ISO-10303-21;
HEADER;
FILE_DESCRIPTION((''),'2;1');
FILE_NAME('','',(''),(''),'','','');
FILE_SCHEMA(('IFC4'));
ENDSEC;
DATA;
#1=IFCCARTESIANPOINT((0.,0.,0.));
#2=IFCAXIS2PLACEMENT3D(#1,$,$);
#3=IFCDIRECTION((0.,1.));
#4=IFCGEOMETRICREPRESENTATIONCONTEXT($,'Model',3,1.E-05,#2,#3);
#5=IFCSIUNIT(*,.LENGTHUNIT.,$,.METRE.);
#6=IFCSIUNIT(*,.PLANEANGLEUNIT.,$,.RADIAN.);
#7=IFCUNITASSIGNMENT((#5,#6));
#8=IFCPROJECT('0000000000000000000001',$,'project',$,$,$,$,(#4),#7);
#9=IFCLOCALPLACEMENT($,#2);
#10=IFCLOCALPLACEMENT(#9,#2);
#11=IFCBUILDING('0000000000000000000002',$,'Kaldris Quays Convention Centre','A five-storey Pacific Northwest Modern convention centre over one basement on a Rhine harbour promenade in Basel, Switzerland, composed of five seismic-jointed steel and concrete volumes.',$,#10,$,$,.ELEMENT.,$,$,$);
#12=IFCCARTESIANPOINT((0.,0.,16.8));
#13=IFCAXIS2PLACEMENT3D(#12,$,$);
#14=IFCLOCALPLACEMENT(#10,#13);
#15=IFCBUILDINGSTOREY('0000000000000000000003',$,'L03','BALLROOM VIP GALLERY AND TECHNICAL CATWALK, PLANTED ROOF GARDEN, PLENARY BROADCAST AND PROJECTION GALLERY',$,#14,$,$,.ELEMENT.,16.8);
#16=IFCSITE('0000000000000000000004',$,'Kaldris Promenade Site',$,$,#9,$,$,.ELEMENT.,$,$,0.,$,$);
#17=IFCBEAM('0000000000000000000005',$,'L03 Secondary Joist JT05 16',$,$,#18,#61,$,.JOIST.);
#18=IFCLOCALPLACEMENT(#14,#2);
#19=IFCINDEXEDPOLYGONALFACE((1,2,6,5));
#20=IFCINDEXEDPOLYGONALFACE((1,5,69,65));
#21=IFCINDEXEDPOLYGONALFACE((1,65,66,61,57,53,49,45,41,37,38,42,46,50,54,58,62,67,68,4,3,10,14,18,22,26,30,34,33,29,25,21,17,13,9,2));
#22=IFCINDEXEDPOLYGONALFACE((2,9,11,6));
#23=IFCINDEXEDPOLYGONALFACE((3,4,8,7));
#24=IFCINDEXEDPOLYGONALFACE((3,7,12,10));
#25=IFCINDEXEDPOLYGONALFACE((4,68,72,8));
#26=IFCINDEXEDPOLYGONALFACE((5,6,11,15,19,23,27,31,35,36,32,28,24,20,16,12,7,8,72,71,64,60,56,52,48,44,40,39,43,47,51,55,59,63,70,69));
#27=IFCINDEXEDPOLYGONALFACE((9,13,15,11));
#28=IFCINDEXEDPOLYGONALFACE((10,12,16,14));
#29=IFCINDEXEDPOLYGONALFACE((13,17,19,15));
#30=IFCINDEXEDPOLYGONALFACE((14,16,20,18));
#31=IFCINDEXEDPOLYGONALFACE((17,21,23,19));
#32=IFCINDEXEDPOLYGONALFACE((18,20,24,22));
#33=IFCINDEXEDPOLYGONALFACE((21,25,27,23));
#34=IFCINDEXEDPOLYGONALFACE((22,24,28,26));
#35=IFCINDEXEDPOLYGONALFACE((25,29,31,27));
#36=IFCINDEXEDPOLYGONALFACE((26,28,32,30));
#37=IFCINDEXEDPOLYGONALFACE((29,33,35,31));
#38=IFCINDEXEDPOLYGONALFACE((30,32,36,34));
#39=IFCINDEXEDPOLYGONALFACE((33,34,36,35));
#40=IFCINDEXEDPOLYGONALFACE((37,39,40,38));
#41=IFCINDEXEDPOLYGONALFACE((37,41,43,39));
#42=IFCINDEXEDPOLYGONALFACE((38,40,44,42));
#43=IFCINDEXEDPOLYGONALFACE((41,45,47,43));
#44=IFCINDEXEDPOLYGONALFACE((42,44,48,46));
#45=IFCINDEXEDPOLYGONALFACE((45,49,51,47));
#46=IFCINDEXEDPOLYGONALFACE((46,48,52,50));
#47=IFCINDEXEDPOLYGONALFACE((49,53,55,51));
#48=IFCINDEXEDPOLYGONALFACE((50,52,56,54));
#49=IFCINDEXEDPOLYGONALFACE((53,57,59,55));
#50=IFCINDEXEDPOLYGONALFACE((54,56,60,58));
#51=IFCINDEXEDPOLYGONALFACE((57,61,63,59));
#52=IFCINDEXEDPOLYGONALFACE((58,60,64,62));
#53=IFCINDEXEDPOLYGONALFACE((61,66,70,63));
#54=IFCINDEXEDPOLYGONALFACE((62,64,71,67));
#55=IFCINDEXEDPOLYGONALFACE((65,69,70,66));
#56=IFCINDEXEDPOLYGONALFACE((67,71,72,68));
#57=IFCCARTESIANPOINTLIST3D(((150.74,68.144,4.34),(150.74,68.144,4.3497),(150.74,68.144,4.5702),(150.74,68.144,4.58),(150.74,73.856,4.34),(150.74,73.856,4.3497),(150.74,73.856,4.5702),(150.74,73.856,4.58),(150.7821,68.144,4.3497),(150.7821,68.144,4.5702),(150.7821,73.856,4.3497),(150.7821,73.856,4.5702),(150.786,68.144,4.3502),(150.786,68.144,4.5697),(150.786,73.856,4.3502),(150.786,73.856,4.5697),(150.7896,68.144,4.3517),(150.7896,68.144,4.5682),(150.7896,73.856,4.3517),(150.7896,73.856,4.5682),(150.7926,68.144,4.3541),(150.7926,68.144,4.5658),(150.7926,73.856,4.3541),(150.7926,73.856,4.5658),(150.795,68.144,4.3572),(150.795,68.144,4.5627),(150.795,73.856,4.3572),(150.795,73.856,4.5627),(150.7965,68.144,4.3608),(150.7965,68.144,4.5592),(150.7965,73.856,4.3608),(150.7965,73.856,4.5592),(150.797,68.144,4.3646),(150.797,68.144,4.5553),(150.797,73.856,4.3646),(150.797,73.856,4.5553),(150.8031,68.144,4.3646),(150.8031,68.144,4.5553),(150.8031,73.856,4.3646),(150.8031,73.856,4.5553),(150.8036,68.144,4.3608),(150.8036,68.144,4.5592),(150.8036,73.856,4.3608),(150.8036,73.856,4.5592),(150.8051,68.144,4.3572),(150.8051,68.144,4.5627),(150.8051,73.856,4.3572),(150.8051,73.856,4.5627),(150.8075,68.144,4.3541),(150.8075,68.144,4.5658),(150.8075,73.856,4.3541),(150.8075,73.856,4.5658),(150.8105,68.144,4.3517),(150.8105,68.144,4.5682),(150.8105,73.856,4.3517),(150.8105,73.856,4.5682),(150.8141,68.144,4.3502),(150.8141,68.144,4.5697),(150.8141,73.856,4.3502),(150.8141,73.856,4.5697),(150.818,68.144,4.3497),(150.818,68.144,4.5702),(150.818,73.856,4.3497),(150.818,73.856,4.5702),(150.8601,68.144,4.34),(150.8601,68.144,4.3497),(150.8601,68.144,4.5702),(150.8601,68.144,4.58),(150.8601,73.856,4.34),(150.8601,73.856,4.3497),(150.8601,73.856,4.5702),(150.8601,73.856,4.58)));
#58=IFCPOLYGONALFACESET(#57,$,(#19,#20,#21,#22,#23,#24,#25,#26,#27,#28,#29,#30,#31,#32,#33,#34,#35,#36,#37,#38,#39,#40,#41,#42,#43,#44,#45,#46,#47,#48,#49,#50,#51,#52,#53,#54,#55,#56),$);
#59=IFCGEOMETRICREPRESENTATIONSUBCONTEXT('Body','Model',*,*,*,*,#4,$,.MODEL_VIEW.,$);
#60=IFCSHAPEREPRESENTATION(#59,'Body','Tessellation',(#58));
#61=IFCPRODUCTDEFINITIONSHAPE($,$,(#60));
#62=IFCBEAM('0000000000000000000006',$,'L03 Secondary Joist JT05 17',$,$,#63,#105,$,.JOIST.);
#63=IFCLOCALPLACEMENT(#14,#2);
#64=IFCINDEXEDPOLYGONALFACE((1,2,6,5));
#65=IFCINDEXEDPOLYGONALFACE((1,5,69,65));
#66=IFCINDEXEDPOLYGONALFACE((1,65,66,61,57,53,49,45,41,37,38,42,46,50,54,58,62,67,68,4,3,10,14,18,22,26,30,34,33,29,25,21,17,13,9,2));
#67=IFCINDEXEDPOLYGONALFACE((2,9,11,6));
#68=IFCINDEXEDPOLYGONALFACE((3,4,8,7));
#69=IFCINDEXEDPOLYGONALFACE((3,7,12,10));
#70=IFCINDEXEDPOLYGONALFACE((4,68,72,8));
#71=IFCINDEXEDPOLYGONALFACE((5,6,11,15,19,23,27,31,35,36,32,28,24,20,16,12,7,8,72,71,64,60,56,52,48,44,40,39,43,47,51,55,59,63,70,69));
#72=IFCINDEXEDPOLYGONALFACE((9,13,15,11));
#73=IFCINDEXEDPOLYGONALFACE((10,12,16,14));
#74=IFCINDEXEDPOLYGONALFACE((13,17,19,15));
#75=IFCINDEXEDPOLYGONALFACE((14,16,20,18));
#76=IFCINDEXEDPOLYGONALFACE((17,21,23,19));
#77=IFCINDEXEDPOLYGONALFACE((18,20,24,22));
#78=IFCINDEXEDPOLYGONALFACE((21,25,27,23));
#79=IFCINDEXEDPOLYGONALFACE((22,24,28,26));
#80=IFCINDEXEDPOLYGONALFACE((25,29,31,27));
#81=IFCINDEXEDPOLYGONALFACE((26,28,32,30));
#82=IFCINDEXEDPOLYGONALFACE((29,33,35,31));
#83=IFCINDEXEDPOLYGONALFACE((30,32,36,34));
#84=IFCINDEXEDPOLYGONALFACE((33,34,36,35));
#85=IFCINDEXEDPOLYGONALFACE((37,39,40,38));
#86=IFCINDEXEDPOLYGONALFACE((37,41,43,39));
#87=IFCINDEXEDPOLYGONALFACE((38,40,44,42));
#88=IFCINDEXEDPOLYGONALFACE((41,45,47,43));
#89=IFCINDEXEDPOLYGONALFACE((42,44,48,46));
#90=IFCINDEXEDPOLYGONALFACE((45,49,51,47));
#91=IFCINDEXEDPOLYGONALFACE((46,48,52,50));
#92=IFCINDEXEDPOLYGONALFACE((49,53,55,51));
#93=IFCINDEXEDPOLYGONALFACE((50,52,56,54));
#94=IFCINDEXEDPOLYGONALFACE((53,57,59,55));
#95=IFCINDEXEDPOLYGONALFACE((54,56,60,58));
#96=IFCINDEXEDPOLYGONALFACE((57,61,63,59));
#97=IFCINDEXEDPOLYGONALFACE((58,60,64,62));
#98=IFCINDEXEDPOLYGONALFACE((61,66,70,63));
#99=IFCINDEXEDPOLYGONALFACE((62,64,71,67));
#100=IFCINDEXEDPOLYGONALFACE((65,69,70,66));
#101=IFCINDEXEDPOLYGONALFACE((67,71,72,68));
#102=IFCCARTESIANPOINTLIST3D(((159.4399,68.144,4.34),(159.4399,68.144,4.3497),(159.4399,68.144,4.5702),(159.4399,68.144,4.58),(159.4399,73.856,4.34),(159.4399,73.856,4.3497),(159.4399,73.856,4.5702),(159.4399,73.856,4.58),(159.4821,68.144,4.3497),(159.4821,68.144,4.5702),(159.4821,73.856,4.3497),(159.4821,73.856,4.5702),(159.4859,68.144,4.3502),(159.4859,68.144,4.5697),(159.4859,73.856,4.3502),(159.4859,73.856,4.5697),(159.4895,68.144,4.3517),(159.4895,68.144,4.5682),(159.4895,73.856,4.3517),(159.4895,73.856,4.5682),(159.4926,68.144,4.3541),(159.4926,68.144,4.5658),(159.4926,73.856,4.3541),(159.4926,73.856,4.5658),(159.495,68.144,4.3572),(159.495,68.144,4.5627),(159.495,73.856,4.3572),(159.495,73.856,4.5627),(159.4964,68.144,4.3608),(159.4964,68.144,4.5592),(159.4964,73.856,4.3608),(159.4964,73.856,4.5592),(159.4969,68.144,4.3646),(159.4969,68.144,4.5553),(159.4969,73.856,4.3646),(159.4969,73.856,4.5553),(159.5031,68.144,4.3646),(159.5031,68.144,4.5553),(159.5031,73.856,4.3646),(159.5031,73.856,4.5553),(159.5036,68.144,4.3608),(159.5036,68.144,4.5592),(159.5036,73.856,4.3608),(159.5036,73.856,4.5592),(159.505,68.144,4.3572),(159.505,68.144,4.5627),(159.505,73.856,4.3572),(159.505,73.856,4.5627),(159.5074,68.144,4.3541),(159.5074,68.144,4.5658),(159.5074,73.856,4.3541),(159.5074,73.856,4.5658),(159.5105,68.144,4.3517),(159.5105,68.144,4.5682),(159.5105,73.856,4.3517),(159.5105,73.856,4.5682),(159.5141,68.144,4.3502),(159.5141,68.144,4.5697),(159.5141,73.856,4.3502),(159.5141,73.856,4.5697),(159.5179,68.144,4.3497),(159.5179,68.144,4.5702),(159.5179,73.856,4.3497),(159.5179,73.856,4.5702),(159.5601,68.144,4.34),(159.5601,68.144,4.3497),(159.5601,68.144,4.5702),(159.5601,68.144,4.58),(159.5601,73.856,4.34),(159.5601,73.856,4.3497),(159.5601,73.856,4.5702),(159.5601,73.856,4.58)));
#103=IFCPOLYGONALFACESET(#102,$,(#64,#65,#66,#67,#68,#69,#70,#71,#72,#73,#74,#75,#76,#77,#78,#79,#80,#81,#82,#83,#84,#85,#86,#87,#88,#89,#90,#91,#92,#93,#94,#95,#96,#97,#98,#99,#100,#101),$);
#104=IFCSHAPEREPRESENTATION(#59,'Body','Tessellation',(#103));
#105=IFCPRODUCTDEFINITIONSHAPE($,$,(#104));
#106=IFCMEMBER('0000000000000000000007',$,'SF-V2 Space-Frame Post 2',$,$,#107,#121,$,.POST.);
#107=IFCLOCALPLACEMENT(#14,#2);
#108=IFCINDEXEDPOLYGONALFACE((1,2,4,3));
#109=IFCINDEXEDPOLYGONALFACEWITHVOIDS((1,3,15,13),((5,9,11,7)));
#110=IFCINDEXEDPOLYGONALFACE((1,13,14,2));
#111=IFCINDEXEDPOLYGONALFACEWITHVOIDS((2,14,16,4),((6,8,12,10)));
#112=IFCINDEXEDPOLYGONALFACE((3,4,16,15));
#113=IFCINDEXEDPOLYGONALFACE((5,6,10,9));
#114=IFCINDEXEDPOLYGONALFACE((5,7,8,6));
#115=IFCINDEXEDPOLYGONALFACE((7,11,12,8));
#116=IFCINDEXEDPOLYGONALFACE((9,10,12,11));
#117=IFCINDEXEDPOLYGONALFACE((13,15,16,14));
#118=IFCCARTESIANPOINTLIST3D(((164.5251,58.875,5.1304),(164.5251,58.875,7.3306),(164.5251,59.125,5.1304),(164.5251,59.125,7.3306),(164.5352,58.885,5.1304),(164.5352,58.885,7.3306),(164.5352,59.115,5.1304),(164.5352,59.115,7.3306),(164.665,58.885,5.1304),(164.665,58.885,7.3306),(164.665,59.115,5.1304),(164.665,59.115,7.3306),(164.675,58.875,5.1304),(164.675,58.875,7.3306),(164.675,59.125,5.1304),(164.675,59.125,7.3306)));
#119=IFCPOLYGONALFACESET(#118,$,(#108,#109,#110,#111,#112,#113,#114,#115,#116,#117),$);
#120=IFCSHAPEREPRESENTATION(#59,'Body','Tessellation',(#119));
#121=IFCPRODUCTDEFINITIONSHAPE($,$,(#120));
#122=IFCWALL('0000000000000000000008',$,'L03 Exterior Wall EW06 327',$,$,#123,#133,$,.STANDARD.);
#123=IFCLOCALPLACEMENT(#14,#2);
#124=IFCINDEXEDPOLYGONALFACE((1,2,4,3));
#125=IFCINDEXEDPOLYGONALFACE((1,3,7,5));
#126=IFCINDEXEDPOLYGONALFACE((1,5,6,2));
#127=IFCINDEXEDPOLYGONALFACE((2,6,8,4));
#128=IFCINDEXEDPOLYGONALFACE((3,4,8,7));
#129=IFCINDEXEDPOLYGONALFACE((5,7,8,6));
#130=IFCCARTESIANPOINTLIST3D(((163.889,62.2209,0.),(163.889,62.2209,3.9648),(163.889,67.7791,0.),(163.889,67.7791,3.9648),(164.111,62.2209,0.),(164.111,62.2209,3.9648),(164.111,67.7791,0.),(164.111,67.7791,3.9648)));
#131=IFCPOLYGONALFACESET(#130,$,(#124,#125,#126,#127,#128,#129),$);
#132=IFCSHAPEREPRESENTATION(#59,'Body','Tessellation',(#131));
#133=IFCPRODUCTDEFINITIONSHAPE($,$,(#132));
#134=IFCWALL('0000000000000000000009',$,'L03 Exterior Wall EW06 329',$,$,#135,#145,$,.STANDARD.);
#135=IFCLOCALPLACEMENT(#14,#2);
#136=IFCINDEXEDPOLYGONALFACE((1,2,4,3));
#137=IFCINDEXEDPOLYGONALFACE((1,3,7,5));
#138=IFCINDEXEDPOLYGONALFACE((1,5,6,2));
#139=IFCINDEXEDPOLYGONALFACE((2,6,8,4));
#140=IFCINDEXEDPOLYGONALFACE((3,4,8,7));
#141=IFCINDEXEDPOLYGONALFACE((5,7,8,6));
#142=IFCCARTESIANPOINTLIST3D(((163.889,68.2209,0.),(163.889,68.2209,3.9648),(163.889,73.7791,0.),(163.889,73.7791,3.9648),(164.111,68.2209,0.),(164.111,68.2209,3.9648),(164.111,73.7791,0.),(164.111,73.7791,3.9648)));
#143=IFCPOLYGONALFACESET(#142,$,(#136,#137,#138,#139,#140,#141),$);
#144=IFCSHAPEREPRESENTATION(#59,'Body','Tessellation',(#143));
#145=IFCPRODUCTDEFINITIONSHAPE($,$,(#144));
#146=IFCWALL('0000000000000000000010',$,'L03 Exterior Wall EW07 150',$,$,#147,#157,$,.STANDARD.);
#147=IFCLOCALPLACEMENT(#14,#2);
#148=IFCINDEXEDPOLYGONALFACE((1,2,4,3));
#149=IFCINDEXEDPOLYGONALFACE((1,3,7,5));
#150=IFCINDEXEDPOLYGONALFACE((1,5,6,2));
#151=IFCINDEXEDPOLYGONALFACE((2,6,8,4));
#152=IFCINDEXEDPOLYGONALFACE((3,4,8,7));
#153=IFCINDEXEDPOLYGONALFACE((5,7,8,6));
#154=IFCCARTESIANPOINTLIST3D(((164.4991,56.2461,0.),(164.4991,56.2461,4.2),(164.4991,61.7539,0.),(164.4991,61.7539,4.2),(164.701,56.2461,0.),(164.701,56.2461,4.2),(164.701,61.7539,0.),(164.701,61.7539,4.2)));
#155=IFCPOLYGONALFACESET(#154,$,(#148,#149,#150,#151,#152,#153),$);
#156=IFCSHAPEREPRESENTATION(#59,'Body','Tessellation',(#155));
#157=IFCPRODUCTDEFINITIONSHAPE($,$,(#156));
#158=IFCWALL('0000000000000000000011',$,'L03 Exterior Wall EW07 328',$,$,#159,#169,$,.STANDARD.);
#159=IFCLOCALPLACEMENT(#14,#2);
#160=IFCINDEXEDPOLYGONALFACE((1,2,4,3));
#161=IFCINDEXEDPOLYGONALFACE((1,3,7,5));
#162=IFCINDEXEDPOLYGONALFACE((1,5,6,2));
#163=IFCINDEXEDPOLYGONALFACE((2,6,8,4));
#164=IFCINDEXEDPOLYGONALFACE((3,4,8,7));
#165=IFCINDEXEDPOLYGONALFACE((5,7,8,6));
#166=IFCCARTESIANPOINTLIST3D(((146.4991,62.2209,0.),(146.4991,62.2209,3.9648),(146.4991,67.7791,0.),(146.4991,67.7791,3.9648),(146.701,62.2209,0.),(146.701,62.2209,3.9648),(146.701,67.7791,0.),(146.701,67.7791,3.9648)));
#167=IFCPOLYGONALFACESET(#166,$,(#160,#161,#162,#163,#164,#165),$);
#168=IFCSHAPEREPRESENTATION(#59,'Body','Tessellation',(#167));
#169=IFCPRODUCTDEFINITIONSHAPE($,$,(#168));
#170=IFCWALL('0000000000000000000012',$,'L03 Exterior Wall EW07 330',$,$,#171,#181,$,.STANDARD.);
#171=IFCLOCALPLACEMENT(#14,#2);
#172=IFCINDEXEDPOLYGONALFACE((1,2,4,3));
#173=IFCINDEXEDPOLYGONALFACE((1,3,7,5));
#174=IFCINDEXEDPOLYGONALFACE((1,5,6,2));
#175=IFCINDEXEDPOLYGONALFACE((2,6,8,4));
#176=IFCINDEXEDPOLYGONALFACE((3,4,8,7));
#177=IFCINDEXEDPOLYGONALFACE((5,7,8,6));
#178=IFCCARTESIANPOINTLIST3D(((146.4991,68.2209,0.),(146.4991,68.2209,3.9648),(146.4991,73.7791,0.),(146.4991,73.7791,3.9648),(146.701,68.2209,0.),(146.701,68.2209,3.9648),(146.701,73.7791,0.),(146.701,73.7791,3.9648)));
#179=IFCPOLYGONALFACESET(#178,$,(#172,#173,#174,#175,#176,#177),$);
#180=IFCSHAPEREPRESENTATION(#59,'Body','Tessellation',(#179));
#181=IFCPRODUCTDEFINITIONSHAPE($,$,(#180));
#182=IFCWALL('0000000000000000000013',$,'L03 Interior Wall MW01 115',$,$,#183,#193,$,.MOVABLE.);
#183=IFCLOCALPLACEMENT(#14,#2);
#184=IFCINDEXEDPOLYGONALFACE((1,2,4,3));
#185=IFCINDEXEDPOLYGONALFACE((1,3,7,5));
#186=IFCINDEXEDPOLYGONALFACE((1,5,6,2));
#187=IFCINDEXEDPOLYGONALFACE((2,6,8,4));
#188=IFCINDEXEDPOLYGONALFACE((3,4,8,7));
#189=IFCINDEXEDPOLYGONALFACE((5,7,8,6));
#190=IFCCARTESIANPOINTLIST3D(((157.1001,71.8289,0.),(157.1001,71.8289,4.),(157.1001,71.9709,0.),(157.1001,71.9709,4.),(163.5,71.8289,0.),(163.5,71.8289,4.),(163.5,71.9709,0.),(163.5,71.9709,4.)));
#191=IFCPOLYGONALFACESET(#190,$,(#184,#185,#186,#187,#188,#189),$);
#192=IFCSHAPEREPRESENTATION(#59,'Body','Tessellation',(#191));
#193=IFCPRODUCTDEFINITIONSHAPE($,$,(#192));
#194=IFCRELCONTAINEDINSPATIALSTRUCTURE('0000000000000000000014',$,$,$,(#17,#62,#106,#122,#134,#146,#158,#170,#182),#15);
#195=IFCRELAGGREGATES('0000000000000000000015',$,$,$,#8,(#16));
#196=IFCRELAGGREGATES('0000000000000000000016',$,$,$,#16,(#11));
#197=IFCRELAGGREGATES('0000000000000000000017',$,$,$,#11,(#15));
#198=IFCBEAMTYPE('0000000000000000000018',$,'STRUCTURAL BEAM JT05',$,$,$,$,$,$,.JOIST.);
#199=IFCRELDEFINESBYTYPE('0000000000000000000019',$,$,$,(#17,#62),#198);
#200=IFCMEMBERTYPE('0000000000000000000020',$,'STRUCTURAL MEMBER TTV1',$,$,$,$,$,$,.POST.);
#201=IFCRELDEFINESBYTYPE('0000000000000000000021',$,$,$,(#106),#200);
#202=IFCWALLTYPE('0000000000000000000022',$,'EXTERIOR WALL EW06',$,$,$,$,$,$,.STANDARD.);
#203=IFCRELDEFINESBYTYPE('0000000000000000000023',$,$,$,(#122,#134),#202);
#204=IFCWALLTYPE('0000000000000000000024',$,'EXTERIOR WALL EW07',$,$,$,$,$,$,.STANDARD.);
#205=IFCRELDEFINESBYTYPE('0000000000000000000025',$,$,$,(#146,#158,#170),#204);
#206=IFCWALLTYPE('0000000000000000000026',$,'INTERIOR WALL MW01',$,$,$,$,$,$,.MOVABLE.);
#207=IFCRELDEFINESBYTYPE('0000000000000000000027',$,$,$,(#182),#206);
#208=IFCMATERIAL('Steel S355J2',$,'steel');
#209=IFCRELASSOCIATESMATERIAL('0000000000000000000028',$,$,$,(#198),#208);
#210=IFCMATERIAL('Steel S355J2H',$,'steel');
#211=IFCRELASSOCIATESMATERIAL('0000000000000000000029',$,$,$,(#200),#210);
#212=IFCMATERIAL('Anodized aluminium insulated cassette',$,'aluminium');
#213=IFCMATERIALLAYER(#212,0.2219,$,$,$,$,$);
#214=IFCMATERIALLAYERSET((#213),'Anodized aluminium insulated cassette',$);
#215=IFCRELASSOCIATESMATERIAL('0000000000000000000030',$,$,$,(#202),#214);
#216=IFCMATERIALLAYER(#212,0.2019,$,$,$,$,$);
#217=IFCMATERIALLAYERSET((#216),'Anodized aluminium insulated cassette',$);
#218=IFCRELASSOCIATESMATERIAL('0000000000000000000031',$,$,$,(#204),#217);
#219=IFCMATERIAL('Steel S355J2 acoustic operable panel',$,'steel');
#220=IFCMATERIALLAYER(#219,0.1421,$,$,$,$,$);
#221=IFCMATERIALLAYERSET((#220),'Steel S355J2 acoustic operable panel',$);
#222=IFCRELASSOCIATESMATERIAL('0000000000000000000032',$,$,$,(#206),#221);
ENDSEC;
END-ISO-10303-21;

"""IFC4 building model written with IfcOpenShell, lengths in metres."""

from ifc_helpers import new_model, si_unit, direction, frame, frame_2d, origin, origin_2d, place, context, subcontext, project, spatial, rectangle, hollow_rectangle, i_section, extrude, material, layer, layer_set, material_profile, profile_set, type_object, element, save


model = new_model("IFC4")

# Units and contexts
model_context = context("Model", 3, precision=1e-05, world=origin(), true_north=direction((0.0, 1.0)))
body_context = subcontext(model_context, "Body", "Model", "MODEL_VIEW")
ifc_project = project(units=[si_unit("LENGTHUNIT", "METRE"), si_unit("PLANEANGLEUNIT", "RADIAN")], contexts=[model_context])

# Site, building, storey
site_placement = place(None, origin())
site = spatial("IfcSite", under=ifc_project, at=site_placement, Name="Kaldris Promenade Site", CompositionType="ELEMENT", RefElevation=0.0)
building_placement = place(site_placement, origin())
building = spatial("IfcBuilding", under=site, at=building_placement, Name="Kaldris Quays Convention Centre", Description="A five-storey Pacific Northwest Modern convention centre over one basement on a Rhine harbour promenade in Basel, Switzerland, composed of five seismic-jointed steel and concrete volumes.", CompositionType="ELEMENT")
storey_placement = place(building_placement, frame((0.0, 0.0, 16.8)))
storey = spatial("IfcBuildingStorey", under=building, at=storey_placement, Name="L03", Description="BALLROOM VIP GALLERY AND TECHNICAL CATWALK, PLANTED ROOF GARDEN, PLENARY BROADCAST AND PROJECTION GALLERY", CompositionType="ELEMENT", Elevation=16.8)

# Shared definitions
ifc_material_1 = material(Name="Steel S355J2", Category="steel")

# Beams
ifc_material_profile_1 = material_profile(ifc_material_1, i_section(OverallWidth=0.1201, OverallDepth=0.24, WebThickness=0.0061, FlangeThickness=0.0098, FilletRadius=0.0149, at=origin_2d()), Name="IPE 240")
ifc_profile_set_1 = profile_set([ifc_material_profile_1], Name="Steel S355J2")
beam_type_1 = type_object("IfcBeamType", Name="STRUCTURAL BEAM JT05", PredefinedType="JOIST", material=ifc_profile_set_1)
for number, where, z_axis, x_axis, name in (
    (1, (150.8, 68.144, 4.46), (0.0, 1.0, 0.0), (-1.0, 0.0, 0.0), "L03 Secondary Joist JT05 16"),
    (2, (159.5, 68.144, 4.46), (0.0, 1.0, 0.0), (-1.0, 0.0, 0.0), "L03 Secondary Joist JT05 17"),
):
    element("IfcBeam", number, at=place(storey_placement, frame(where, z_axis=z_axis, x_axis=x_axis)), inside=storey, type_object=beam_type_1, Name=name, PredefinedType="JOIST", context=body_context, shape_type="SweptSolid", body=[
        extrude(i_section(OverallWidth=0.1201, OverallDepth=0.24, WebThickness=0.0061, FlangeThickness=0.0098, FilletRadius=0.0149, at=origin_2d()), origin(), (0.0, 0.0, 1.0), 5.7119),
    ])

# Member
ifc_material_2 = material(Name="Steel S355J2H", Category="steel")
ifc_material_profile_2 = material_profile(ifc_material_2, hollow_rectangle(XDim=0.1499, YDim=0.25, WallThickness=0.01, at=origin_2d()), Name="RHS 250x150x10")
ifc_profile_set_2 = profile_set([ifc_material_profile_2], Name="Steel S355J2H")
member_type = type_object("IfcMemberType", Name="STRUCTURAL MEMBER TTV1", PredefinedType="POST", material=ifc_profile_set_2)
member_placement = place(storey_placement, frame((164.6001, 59.0, 5.1304), z_axis=(0.0, 0.0, 1.0), x_axis=(1.0, 0.0, 0.0)))
element("IfcMember", 3, at=member_placement, inside=storey, type_object=member_type, Name="SF-V2 Space-Frame Post 2", PredefinedType="POST", context=body_context, shape_type="SweptSolid", body=[
    extrude(hollow_rectangle(XDim=0.1499, YDim=0.25, WallThickness=0.01, at=origin_2d()), origin(), (0.0, 0.0, 1.0), 2.2002),
])

# Walls
ifc_material_3 = material(Name="Anodized aluminium insulated cassette", Category="aluminium")
ifc_layer_1 = layer(ifc_material_3, 0.2219)
ifc_layer_set_1 = layer_set([ifc_layer_1], Name="Anodized aluminium insulated cassette")
wall_type_1 = type_object("IfcWallType", Name="EXTERIOR WALL EW06", PredefinedType="STANDARD", material=ifc_layer_set_1)
for number, where, z_axis, x_axis, name in (
    (4, (164.0, 62.2209, 0.0), (0.0, 0.0, 1.0), (0.0, 1.0, 0.0), "L03 Exterior Wall EW06 327"),
    (5, (164.0, 68.2209, 0.0), (0.0, 0.0, 1.0), (0.0, 1.0, 0.0), "L03 Exterior Wall EW06 329"),
):
    element("IfcWall", number, at=place(storey_placement, frame(where, z_axis=z_axis, x_axis=x_axis)), inside=storey, type_object=wall_type_1, Name=name, PredefinedType="STANDARD", context=body_context, shape_type="SweptSolid", body=[
        extrude(rectangle(XDim=5.5581, YDim=0.2219, at=frame_2d((2.7791, 0.0))), origin(), (0.0, 0.0, 1.0), 3.9648),
    ])
ifc_layer_2 = layer(ifc_material_3, 0.2019)
ifc_layer_set_2 = layer_set([ifc_layer_2], Name="Anodized aluminium insulated cassette")
wall_type_2 = type_object("IfcWallType", Name="EXTERIOR WALL EW07", PredefinedType="STANDARD", material=ifc_layer_set_2)
wall_1_placement = place(storey_placement, frame((164.6001, 56.2461, 0.0), z_axis=(0.0, 0.0, 1.0), x_axis=(0.0, 1.0, 0.0)))
element("IfcWall", 6, at=wall_1_placement, inside=storey, type_object=wall_type_2, Name="L03 Exterior Wall EW07 150", PredefinedType="STANDARD", context=body_context, shape_type="SweptSolid", body=[
    extrude(rectangle(XDim=5.5078, YDim=0.2019, at=frame_2d((2.7539, 0.0))), origin(), (0.0, 0.0, 1.0), 4.2),
])
for number, where, z_axis, x_axis, name in (
    (7, (146.6001, 62.2209, 0.0), (0.0, 0.0, 1.0), (0.0, 1.0, 0.0), "L03 Exterior Wall EW07 328"),
    (8, (146.6001, 68.2209, 0.0), (0.0, 0.0, 1.0), (0.0, 1.0, 0.0), "L03 Exterior Wall EW07 330"),
):
    element("IfcWall", number, at=place(storey_placement, frame(where, z_axis=z_axis, x_axis=x_axis)), inside=storey, type_object=wall_type_2, Name=name, PredefinedType="STANDARD", context=body_context, shape_type="SweptSolid", body=[
        extrude(rectangle(XDim=5.5581, YDim=0.2019, at=frame_2d((2.7791, 0.0))), origin(), (0.0, 0.0, 1.0), 3.9648),
    ])
ifc_material_4 = material(Name="Steel S355J2 acoustic operable panel", Category="steel")
ifc_layer_3 = layer(ifc_material_4, 0.1421)
ifc_layer_set_3 = layer_set([ifc_layer_3], Name="Steel S355J2 acoustic operable panel")
wall_type_3 = type_object("IfcWallType", Name="INTERIOR WALL MW01", PredefinedType="MOVABLE", material=ifc_layer_set_3)
wall_2_placement = place(storey_placement, frame((157.1001, 71.8999, 0.0), z_axis=(0.0, 0.0, 1.0), x_axis=(1.0, 0.0, 0.0)))
element("IfcWall", 9, at=wall_2_placement, inside=storey, type_object=wall_type_3, Name="L03 Interior Wall MW01 115", PredefinedType="MOVABLE", context=body_context, shape_type="SweptSolid", body=[
    extrude(rectangle(XDim=6.3999, YDim=0.1421, at=frame_2d((3.2, 0.0))), origin(), (0.0, 0.0, 1.0), 4.0),
])

save(model, "model.ifc")
